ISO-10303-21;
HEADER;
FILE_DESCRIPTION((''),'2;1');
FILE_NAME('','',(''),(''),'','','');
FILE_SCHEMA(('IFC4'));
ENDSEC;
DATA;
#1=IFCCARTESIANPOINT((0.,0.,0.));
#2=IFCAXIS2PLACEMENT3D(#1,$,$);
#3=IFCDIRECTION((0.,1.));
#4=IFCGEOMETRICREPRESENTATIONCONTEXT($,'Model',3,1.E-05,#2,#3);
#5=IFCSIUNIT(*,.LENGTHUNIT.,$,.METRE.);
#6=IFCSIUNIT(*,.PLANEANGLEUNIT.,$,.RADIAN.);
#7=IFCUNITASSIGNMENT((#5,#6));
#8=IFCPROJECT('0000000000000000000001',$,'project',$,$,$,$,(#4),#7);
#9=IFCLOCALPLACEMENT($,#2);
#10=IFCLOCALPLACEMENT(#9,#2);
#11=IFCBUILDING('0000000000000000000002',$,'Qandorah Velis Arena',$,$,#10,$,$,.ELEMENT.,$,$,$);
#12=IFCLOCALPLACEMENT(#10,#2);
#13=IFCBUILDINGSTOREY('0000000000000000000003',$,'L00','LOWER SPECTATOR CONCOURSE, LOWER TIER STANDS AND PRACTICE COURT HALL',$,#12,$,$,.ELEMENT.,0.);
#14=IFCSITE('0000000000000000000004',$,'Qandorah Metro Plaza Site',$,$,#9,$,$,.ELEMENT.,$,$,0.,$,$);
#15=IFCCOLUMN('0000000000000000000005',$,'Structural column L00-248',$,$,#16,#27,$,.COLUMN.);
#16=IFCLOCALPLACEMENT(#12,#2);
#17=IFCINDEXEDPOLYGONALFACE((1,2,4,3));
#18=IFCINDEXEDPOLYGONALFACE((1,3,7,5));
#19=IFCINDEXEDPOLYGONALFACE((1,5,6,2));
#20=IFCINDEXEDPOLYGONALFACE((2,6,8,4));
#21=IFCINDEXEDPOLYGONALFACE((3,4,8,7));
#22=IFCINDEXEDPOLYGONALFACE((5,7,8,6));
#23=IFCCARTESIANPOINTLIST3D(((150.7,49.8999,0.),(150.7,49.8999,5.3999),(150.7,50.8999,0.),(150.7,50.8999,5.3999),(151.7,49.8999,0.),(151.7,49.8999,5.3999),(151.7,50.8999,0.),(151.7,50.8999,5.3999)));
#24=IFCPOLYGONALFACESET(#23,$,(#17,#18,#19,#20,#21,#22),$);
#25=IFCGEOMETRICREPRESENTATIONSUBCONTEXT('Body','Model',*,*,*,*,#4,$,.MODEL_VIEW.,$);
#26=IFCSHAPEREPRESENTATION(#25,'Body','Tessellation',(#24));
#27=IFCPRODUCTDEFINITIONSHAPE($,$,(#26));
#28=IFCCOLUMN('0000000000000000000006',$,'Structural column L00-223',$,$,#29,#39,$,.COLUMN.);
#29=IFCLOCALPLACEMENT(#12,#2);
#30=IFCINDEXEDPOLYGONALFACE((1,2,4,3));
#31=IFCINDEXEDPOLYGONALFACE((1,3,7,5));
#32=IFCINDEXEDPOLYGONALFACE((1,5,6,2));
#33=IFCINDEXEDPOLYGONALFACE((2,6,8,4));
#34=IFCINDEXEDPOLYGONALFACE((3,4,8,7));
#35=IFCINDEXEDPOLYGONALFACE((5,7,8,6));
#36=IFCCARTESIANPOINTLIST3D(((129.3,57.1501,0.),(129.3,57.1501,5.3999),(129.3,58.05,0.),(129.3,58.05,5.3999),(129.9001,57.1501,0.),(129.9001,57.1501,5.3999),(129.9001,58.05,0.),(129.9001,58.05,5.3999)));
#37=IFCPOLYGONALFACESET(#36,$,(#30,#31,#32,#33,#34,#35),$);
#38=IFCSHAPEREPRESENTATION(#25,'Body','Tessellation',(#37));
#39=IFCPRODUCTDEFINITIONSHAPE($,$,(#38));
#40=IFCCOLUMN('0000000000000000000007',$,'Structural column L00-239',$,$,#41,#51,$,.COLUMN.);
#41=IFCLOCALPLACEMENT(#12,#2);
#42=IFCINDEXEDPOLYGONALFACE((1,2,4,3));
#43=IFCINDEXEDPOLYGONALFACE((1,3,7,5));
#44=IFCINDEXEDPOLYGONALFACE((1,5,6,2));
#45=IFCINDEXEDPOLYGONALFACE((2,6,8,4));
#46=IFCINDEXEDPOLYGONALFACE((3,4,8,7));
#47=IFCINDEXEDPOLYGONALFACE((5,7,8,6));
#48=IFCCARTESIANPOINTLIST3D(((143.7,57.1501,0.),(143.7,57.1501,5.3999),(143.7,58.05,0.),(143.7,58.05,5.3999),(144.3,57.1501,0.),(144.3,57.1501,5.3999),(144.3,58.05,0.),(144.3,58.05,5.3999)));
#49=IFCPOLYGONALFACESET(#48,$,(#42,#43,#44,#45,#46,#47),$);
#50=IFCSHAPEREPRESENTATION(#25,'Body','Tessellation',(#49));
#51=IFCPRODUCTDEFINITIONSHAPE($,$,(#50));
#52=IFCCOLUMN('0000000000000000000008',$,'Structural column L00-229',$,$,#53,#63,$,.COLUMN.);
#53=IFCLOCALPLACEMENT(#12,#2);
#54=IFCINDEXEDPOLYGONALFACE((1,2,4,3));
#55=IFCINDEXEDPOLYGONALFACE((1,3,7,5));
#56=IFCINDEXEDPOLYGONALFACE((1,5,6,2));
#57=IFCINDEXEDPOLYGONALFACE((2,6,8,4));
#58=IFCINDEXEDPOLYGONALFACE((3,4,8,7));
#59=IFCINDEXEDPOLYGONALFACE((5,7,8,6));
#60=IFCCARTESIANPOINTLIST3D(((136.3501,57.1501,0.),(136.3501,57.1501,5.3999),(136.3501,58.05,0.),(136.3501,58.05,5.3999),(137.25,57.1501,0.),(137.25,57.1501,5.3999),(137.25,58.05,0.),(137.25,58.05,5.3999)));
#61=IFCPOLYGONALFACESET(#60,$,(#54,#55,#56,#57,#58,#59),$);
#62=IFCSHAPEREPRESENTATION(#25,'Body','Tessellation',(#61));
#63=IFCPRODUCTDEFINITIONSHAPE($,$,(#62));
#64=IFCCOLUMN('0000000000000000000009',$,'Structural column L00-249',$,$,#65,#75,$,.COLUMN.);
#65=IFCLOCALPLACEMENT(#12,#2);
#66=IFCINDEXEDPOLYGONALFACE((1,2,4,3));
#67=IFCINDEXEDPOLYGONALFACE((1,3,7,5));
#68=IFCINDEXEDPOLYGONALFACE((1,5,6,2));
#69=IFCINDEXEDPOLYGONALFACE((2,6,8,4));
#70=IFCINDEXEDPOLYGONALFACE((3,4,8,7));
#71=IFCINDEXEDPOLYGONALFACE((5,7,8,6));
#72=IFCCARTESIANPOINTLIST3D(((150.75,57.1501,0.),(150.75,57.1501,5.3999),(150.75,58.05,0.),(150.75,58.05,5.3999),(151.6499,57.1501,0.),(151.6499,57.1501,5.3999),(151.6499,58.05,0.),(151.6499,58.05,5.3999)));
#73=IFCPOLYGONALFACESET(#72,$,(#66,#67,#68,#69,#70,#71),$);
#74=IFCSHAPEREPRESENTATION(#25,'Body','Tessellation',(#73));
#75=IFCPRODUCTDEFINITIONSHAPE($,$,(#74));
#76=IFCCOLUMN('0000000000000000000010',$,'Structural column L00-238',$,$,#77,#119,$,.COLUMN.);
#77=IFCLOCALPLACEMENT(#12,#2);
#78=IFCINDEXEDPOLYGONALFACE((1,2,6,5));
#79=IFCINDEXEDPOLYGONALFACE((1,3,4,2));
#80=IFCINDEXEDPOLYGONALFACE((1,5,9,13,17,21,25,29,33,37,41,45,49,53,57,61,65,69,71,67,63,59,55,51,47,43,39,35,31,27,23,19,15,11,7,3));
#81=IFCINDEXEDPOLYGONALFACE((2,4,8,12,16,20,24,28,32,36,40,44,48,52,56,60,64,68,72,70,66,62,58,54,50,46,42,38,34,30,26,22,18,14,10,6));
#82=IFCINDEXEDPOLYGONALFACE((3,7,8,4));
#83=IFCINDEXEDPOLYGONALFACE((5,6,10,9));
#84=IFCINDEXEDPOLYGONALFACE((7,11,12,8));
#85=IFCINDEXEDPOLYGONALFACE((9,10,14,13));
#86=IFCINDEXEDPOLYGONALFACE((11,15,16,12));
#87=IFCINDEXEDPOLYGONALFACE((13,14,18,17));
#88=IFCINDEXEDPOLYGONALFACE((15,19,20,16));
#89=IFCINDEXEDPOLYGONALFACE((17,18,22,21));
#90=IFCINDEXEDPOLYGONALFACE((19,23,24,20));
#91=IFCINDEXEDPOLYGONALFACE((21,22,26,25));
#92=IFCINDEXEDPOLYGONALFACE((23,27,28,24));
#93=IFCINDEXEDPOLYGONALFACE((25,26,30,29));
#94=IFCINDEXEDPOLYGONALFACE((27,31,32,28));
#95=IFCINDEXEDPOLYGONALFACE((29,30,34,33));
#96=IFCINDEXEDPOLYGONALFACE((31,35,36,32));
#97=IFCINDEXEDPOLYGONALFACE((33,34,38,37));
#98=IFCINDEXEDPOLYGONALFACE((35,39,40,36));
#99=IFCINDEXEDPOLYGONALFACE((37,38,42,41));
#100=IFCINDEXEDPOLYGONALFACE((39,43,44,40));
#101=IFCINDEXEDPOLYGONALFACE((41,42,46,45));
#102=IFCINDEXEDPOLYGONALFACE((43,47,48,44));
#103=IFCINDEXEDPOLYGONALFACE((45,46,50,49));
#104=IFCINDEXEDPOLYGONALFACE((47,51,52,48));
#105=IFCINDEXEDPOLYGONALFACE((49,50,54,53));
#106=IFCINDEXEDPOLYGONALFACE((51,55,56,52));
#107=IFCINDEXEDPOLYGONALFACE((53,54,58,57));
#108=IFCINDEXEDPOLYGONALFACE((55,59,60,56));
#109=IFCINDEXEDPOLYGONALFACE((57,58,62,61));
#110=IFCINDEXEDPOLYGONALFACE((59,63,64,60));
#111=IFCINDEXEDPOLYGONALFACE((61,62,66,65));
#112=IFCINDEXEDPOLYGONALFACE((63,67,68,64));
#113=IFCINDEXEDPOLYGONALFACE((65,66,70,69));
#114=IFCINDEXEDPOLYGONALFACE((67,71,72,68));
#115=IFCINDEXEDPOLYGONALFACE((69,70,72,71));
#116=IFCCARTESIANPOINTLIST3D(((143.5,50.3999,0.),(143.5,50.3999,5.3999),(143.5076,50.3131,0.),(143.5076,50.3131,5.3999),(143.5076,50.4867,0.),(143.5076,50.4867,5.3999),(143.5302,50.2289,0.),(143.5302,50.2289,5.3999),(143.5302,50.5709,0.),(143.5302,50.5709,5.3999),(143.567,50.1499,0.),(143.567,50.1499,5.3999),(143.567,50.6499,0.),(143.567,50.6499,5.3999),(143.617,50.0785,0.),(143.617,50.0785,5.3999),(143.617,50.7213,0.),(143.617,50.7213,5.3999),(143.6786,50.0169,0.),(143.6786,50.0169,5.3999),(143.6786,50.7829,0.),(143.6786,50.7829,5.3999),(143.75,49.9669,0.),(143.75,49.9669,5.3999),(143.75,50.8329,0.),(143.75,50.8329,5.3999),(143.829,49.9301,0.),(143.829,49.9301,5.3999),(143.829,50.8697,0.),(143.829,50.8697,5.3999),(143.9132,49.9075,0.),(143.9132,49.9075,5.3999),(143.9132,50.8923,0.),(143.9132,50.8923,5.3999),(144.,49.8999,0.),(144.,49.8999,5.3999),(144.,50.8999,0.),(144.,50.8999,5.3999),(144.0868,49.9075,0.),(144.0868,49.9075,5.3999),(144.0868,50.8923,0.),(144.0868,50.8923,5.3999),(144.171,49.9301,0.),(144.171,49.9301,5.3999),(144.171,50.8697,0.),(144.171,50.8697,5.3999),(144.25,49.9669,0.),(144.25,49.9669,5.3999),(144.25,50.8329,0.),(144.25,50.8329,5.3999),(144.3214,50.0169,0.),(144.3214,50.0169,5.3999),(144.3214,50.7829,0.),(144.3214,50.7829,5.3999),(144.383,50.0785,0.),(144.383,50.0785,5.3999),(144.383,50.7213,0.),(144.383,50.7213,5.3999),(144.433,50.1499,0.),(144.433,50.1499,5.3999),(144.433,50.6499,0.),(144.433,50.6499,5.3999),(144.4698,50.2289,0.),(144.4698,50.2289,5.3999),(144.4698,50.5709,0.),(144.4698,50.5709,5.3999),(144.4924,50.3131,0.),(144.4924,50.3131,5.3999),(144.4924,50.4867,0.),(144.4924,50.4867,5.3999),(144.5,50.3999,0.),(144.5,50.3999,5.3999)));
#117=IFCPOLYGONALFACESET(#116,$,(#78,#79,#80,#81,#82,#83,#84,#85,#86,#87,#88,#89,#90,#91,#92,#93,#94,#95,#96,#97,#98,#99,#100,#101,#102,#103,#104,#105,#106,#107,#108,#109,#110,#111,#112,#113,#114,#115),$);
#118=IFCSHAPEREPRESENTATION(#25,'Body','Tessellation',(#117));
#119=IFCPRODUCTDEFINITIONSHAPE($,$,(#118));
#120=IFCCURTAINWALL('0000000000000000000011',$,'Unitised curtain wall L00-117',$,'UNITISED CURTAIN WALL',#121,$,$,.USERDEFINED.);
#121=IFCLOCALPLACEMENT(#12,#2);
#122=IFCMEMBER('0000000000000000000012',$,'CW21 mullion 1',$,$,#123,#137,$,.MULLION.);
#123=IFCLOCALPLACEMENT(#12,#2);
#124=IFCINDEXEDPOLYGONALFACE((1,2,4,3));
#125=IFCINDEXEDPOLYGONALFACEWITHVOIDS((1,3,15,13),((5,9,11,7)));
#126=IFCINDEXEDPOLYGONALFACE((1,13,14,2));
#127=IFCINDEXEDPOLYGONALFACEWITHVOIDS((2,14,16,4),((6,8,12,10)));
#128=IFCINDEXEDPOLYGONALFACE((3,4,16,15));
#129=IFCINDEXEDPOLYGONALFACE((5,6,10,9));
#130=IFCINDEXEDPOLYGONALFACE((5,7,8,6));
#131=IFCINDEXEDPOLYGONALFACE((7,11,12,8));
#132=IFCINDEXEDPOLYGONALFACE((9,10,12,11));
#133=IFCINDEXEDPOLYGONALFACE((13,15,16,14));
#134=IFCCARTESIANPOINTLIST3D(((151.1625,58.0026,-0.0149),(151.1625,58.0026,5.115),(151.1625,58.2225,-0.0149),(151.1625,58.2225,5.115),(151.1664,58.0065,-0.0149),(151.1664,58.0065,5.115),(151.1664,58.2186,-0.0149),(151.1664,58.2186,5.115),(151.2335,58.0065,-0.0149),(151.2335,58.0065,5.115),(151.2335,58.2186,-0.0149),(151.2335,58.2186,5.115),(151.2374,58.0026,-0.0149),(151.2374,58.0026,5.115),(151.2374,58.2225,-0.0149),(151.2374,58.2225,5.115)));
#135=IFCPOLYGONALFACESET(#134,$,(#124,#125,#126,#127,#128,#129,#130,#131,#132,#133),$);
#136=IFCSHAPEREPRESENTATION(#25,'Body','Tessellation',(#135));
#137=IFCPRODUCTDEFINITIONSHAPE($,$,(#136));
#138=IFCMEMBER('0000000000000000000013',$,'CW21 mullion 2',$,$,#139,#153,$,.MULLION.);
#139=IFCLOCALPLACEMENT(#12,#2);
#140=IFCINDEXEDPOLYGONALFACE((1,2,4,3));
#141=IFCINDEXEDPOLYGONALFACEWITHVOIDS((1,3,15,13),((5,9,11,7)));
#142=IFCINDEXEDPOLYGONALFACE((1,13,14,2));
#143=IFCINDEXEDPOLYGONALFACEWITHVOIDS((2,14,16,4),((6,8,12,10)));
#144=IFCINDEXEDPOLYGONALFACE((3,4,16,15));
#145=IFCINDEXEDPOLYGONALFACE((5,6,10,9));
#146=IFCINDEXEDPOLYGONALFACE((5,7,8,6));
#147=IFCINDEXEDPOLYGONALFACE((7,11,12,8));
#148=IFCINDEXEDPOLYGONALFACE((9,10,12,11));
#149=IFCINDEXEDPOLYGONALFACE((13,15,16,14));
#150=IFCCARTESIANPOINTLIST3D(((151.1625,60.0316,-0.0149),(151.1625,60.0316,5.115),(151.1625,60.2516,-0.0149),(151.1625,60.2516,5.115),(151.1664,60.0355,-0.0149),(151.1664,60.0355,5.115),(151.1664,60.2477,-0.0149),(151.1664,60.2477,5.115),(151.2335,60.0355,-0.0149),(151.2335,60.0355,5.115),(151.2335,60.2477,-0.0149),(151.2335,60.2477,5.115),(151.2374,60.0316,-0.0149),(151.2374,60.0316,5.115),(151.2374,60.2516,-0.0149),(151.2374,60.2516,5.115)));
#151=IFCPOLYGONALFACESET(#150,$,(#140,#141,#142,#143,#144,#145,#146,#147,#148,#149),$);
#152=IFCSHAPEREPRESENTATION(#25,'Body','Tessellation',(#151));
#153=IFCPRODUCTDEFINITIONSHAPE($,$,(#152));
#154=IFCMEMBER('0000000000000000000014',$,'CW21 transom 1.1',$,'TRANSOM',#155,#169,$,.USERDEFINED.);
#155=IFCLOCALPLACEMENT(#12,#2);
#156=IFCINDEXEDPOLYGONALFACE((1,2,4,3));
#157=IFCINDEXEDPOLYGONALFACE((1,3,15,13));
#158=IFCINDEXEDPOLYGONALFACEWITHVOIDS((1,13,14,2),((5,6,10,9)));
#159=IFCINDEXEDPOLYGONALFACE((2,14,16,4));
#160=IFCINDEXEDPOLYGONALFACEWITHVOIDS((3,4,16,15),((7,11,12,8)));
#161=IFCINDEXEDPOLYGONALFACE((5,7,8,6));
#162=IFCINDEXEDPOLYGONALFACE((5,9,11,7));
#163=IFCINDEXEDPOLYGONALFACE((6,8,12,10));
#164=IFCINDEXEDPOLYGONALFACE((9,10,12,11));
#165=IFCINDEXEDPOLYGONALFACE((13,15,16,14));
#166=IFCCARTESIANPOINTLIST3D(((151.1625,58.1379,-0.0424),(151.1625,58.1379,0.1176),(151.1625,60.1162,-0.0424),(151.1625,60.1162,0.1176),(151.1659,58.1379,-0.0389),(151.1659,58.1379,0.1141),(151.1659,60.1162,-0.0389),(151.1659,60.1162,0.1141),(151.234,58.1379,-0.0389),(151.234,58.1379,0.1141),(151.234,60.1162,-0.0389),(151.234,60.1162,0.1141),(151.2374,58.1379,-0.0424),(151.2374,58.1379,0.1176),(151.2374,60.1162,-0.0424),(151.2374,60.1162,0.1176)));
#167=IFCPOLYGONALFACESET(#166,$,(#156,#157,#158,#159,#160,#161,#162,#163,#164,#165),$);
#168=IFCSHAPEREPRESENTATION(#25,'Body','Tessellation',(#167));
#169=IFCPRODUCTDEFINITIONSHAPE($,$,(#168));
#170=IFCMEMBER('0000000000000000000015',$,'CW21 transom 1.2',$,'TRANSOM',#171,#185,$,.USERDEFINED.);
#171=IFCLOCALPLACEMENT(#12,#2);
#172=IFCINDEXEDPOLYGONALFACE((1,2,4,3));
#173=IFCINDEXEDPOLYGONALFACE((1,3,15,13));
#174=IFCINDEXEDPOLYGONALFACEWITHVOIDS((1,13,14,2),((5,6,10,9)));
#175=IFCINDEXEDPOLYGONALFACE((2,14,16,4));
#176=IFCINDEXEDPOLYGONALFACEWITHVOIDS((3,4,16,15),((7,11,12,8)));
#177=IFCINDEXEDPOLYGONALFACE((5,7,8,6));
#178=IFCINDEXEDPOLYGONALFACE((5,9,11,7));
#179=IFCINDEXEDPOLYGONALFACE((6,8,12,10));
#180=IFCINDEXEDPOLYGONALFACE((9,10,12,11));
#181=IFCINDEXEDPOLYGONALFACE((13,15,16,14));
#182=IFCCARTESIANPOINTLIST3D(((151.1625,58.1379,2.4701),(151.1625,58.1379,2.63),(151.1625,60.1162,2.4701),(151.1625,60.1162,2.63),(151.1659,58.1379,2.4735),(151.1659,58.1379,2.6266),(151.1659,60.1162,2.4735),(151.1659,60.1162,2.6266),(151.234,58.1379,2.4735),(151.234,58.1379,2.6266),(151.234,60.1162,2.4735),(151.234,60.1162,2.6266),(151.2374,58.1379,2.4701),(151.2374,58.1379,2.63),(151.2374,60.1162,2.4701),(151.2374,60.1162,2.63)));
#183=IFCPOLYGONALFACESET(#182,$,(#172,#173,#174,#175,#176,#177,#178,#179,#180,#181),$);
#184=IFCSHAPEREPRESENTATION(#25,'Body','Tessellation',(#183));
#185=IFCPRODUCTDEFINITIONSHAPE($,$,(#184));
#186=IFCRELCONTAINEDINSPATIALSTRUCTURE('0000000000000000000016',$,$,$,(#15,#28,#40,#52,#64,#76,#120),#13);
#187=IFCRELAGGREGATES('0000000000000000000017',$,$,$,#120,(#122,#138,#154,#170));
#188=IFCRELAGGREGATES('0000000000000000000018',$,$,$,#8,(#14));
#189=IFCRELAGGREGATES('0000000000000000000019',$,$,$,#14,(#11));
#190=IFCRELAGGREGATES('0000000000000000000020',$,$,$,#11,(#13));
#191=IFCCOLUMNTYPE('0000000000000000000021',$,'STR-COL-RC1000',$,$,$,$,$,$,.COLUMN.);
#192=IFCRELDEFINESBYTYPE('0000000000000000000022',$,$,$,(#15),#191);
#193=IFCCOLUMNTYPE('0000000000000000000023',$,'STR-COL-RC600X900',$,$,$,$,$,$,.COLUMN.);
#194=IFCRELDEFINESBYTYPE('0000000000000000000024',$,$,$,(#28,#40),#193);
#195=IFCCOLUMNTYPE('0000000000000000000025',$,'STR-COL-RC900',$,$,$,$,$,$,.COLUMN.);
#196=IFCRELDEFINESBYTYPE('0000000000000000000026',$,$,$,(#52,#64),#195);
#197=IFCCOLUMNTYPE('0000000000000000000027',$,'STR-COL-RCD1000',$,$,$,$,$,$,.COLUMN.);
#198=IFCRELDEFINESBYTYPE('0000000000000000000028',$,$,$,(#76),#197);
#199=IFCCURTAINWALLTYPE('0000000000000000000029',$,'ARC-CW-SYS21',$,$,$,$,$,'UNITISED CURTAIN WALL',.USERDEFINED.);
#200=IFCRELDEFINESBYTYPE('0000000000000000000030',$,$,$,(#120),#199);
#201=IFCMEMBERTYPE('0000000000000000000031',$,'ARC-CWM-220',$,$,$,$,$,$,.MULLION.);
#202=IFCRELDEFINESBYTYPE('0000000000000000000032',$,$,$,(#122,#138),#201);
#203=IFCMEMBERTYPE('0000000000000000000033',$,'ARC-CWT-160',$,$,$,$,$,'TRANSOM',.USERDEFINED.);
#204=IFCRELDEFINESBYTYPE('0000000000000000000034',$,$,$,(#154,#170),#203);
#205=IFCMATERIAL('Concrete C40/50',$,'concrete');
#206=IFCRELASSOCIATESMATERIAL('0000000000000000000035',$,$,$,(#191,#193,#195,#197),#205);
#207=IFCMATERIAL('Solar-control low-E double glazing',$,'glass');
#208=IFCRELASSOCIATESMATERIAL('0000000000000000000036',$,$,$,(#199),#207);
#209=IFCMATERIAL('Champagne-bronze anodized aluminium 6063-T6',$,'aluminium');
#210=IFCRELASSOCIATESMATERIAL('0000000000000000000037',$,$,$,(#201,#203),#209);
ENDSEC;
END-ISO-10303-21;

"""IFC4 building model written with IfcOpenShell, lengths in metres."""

from ifc_helpers import new_model, si_unit, direction, frame, origin, origin_2d, place, context, subcontext, project, spatial, rectangle, hollow_rectangle, circle, extrude, material, material_profile, profile_set, type_object, element, aggregate, save


model = new_model("IFC4")

# Units and contexts
model_context = context("Model", 3, precision=1e-05, world=origin(), true_north=direction((0.0, 1.0)))
body_context = subcontext(model_context, "Body", "Model", "MODEL_VIEW")
ifc_project = project(units=[si_unit("LENGTHUNIT", "METRE"), si_unit("PLANEANGLEUNIT", "RADIAN")], contexts=[model_context])

# Site, building, storey
site_placement = place(None, origin())
site = spatial("IfcSite", under=ifc_project, at=site_placement, Name="Qandorah Metro Plaza Site", CompositionType="ELEMENT", RefElevation=0.0)
building_placement = place(site_placement, origin())
building = spatial("IfcBuilding", under=site, at=building_placement, Name="Qandorah Velis Arena", CompositionType="ELEMENT")
storey_placement = place(building_placement, origin())
storey = spatial("IfcBuildingStorey", under=building, at=storey_placement, Name="L00", Description="LOWER SPECTATOR CONCOURSE, LOWER TIER STANDS AND PRACTICE COURT HALL", CompositionType="ELEMENT", Elevation=0.0)

# Columns
ifc_material_1 = material(Name="Concrete C40/50", Category="concrete")
ifc_material_profile_1 = material_profile(ifc_material_1, rectangle(XDim=1.0, YDim=1.0, at=origin_2d()), Name="RC COL 1000x1000")
ifc_profile_set_1 = profile_set([ifc_material_profile_1], Name="Concrete C40/50")
column_type_1 = type_object("IfcColumnType", Name="STR-COL-RC1000", PredefinedType="COLUMN", material=ifc_profile_set_1)
column_1_placement = place(storey_placement, frame((151.2, 50.3999, 0.0), z_axis=(0.0, 0.0, 1.0), x_axis=(1.0, 0.0, 0.0)))
element("IfcColumn", 1, at=column_1_placement, inside=storey, type_object=column_type_1, Name="Structural column L00-248", PredefinedType="COLUMN", context=body_context, shape_type="SweptSolid", body=[
    extrude(rectangle(XDim=1.0, YDim=1.0, at=origin_2d()), origin(), (0.0, 0.0, 1.0), 5.3999),
])
ifc_material_profile_2 = material_profile(ifc_material_1, rectangle(XDim=0.6001, YDim=0.8999, at=origin_2d()), Name="RC COL 600x900")
ifc_profile_set_2 = profile_set([ifc_material_profile_2], Name="Concrete C40/50")
column_type_2 = type_object("IfcColumnType", Name="STR-COL-RC600X900", PredefinedType="COLUMN", material=ifc_profile_set_2)
for number, where, z_axis, x_axis, name in (
    (2, (129.6001, 57.6001, 0.0), (0.0, 0.0, 1.0), (1.0, 0.0, 0.0), "Structural column L00-223"),
    (3, (144.0, 57.6001, 0.0), (0.0, 0.0, 1.0), (1.0, 0.0, 0.0), "Structural column L00-239"),
):
    element("IfcColumn", number, at=place(storey_placement, frame(where, z_axis=z_axis, x_axis=x_axis)), inside=storey, type_object=column_type_2, Name=name, PredefinedType="COLUMN", context=body_context, shape_type="SweptSolid", body=[
        extrude(rectangle(XDim=0.6001, YDim=0.8999, at=origin_2d()), origin(), (0.0, 0.0, 1.0), 5.3999),
    ])
ifc_material_profile_3 = material_profile(ifc_material_1, rectangle(XDim=0.8999, YDim=0.8999, at=origin_2d()), Name="RC COL 900x900")
ifc_profile_set_3 = profile_set([ifc_material_profile_3], Name="Concrete C40/50")
column_type_3 = type_object("IfcColumnType", Name="STR-COL-RC900", PredefinedType="COLUMN", material=ifc_profile_set_3)
for number, where, z_axis, x_axis, name in (
    (4, (136.8, 57.6001, 0.0), (0.0, 0.0, 1.0), (1.0, 0.0, 0.0), "Structural column L00-229"),
    (5, (151.2, 57.6001, 0.0), (0.0, 0.0, 1.0), (1.0, 0.0, 0.0), "Structural column L00-249"),
):
    element("IfcColumn", number, at=place(storey_placement, frame(where, z_axis=z_axis, x_axis=x_axis)), inside=storey, type_object=column_type_3, Name=name, PredefinedType="COLUMN", context=body_context, shape_type="SweptSolid", body=[
        extrude(rectangle(XDim=0.8999, YDim=0.8999, at=origin_2d()), origin(), (0.0, 0.0, 1.0), 5.3999),
    ])
ifc_material_profile_4 = material_profile(ifc_material_1, circle(Radius=0.5, at=origin_2d()), Name="RC D1000")
ifc_profile_set_4 = profile_set([ifc_material_profile_4], Name="Concrete C40/50")
column_type_4 = type_object("IfcColumnType", Name="STR-COL-RCD1000", PredefinedType="COLUMN", material=ifc_profile_set_4)
column_2_placement = place(storey_placement, frame((144.0, 50.3999, 0.0), z_axis=(0.0, 0.0, 1.0), x_axis=(1.0, 0.0, 0.0)))
element("IfcColumn", 6, at=column_2_placement, inside=storey, type_object=column_type_4, Name="Structural column L00-238", PredefinedType="COLUMN", context=body_context, shape_type="SweptSolid", body=[
    extrude(circle(Radius=0.5, at=origin_2d()), origin(), (0.0, 0.0, 1.0), 5.3999),
])

# Curtain wall, members
ifc_material_2 = material(Name="Solar-control low-E double glazing", Category="glass")
curtain_wall_type = type_object("IfcCurtainWallType", Name="ARC-CW-SYS21", ElementType="UNITISED CURTAIN WALL", PredefinedType="USERDEFINED", material=ifc_material_2)
curtain_wall_placement = place(storey_placement, origin())
curtain_wall = element("IfcCurtainWall", 7, at=curtain_wall_placement, inside=storey, type_object=curtain_wall_type, Name="Unitised curtain wall L00-117", ObjectType="UNITISED CURTAIN WALL", PredefinedType="USERDEFINED")
ifc_material_3 = material(Name="Champagne-bronze anodized aluminium 6063-T6", Category="aluminium")
ifc_material_profile_5 = material_profile(ifc_material_3, hollow_rectangle(XDim=0.075, YDim=0.22, WallThickness=0.0039, at=origin_2d()), Name="ALU MULLION 75x220")
ifc_profile_set_5 = profile_set([ifc_material_profile_5], Name="Champagne-bronze anodized aluminium 6063-T6")
member_type_1 = type_object("IfcMemberType", Name="ARC-CWM-220", PredefinedType="MULLION", material=ifc_profile_set_5)
member_1_placement = place(storey_placement, frame((151.2, 58.1125, -0.0149), z_axis=(0.0, 0.0, 1.0), x_axis=(-1.0, 0.0, 0.0)))
member_1 = element("IfcMember", 8, at=member_1_placement, type_object=member_type_1, Name="CW21 mullion 1", PredefinedType="MULLION", context=body_context, shape_type="SweptSolid", body=[
    extrude(hollow_rectangle(XDim=0.075, YDim=0.22, WallThickness=0.0039, at=origin_2d()), origin(), (0.0, 0.0, 1.0), 5.1299),
])
member_2_placement = place(storey_placement, frame((151.2, 60.1416, -0.0149), z_axis=(0.0, 0.0, 1.0), x_axis=(-1.0, 0.0, 0.0)))
member_2 = element("IfcMember", 9, at=member_2_placement, type_object=member_type_1, Name="CW21 mullion 2", PredefinedType="MULLION", context=body_context, shape_type="SweptSolid", body=[
    extrude(hollow_rectangle(XDim=0.075, YDim=0.22, WallThickness=0.0039, at=origin_2d()), origin(), (0.0, 0.0, 1.0), 5.1299),
])
ifc_material_profile_6 = material_profile(ifc_material_3, hollow_rectangle(XDim=0.075, YDim=0.1599, WallThickness=0.0034, at=origin_2d()), Name="ALU TRANSOM 75x160")
ifc_profile_set_6 = profile_set([ifc_material_profile_6], Name="Champagne-bronze anodized aluminium 6063-T6")
member_type_2 = type_object("IfcMemberType", Name="ARC-CWT-160", ElementType="TRANSOM", PredefinedType="USERDEFINED", material=ifc_profile_set_6)
member_3_placement = place(storey_placement, frame((151.2, 58.1379, 0.0376), z_axis=(0.0, 1.0, 0.0), x_axis=(-1.0, 0.0, 0.0)))
member_3 = element("IfcMember", 10, at=member_3_placement, type_object=member_type_2, Name="CW21 transom 1.1", ObjectType="TRANSOM", PredefinedType="USERDEFINED", context=body_context, shape_type="SweptSolid", body=[
    extrude(hollow_rectangle(XDim=0.075, YDim=0.1599, WallThickness=0.0034, at=origin_2d()), origin(), (0.0, 0.0, 1.0), 1.9783),
])
member_4_placement = place(storey_placement, frame((151.2, 58.1379, 2.55), z_axis=(0.0, 1.0, 0.0), x_axis=(-1.0, 0.0, 0.0)))
member_4 = element("IfcMember", 11, at=member_4_placement, type_object=member_type_2, Name="CW21 transom 1.2", ObjectType="TRANSOM", PredefinedType="USERDEFINED", context=body_context, shape_type="SweptSolid", body=[
    extrude(hollow_rectangle(XDim=0.075, YDim=0.1599, WallThickness=0.0034, at=origin_2d()), origin(), (0.0, 0.0, 1.0), 1.9783),
])

aggregate(curtain_wall, [member_1, member_2, member_3, member_4])

save(model, "model.ifc")
